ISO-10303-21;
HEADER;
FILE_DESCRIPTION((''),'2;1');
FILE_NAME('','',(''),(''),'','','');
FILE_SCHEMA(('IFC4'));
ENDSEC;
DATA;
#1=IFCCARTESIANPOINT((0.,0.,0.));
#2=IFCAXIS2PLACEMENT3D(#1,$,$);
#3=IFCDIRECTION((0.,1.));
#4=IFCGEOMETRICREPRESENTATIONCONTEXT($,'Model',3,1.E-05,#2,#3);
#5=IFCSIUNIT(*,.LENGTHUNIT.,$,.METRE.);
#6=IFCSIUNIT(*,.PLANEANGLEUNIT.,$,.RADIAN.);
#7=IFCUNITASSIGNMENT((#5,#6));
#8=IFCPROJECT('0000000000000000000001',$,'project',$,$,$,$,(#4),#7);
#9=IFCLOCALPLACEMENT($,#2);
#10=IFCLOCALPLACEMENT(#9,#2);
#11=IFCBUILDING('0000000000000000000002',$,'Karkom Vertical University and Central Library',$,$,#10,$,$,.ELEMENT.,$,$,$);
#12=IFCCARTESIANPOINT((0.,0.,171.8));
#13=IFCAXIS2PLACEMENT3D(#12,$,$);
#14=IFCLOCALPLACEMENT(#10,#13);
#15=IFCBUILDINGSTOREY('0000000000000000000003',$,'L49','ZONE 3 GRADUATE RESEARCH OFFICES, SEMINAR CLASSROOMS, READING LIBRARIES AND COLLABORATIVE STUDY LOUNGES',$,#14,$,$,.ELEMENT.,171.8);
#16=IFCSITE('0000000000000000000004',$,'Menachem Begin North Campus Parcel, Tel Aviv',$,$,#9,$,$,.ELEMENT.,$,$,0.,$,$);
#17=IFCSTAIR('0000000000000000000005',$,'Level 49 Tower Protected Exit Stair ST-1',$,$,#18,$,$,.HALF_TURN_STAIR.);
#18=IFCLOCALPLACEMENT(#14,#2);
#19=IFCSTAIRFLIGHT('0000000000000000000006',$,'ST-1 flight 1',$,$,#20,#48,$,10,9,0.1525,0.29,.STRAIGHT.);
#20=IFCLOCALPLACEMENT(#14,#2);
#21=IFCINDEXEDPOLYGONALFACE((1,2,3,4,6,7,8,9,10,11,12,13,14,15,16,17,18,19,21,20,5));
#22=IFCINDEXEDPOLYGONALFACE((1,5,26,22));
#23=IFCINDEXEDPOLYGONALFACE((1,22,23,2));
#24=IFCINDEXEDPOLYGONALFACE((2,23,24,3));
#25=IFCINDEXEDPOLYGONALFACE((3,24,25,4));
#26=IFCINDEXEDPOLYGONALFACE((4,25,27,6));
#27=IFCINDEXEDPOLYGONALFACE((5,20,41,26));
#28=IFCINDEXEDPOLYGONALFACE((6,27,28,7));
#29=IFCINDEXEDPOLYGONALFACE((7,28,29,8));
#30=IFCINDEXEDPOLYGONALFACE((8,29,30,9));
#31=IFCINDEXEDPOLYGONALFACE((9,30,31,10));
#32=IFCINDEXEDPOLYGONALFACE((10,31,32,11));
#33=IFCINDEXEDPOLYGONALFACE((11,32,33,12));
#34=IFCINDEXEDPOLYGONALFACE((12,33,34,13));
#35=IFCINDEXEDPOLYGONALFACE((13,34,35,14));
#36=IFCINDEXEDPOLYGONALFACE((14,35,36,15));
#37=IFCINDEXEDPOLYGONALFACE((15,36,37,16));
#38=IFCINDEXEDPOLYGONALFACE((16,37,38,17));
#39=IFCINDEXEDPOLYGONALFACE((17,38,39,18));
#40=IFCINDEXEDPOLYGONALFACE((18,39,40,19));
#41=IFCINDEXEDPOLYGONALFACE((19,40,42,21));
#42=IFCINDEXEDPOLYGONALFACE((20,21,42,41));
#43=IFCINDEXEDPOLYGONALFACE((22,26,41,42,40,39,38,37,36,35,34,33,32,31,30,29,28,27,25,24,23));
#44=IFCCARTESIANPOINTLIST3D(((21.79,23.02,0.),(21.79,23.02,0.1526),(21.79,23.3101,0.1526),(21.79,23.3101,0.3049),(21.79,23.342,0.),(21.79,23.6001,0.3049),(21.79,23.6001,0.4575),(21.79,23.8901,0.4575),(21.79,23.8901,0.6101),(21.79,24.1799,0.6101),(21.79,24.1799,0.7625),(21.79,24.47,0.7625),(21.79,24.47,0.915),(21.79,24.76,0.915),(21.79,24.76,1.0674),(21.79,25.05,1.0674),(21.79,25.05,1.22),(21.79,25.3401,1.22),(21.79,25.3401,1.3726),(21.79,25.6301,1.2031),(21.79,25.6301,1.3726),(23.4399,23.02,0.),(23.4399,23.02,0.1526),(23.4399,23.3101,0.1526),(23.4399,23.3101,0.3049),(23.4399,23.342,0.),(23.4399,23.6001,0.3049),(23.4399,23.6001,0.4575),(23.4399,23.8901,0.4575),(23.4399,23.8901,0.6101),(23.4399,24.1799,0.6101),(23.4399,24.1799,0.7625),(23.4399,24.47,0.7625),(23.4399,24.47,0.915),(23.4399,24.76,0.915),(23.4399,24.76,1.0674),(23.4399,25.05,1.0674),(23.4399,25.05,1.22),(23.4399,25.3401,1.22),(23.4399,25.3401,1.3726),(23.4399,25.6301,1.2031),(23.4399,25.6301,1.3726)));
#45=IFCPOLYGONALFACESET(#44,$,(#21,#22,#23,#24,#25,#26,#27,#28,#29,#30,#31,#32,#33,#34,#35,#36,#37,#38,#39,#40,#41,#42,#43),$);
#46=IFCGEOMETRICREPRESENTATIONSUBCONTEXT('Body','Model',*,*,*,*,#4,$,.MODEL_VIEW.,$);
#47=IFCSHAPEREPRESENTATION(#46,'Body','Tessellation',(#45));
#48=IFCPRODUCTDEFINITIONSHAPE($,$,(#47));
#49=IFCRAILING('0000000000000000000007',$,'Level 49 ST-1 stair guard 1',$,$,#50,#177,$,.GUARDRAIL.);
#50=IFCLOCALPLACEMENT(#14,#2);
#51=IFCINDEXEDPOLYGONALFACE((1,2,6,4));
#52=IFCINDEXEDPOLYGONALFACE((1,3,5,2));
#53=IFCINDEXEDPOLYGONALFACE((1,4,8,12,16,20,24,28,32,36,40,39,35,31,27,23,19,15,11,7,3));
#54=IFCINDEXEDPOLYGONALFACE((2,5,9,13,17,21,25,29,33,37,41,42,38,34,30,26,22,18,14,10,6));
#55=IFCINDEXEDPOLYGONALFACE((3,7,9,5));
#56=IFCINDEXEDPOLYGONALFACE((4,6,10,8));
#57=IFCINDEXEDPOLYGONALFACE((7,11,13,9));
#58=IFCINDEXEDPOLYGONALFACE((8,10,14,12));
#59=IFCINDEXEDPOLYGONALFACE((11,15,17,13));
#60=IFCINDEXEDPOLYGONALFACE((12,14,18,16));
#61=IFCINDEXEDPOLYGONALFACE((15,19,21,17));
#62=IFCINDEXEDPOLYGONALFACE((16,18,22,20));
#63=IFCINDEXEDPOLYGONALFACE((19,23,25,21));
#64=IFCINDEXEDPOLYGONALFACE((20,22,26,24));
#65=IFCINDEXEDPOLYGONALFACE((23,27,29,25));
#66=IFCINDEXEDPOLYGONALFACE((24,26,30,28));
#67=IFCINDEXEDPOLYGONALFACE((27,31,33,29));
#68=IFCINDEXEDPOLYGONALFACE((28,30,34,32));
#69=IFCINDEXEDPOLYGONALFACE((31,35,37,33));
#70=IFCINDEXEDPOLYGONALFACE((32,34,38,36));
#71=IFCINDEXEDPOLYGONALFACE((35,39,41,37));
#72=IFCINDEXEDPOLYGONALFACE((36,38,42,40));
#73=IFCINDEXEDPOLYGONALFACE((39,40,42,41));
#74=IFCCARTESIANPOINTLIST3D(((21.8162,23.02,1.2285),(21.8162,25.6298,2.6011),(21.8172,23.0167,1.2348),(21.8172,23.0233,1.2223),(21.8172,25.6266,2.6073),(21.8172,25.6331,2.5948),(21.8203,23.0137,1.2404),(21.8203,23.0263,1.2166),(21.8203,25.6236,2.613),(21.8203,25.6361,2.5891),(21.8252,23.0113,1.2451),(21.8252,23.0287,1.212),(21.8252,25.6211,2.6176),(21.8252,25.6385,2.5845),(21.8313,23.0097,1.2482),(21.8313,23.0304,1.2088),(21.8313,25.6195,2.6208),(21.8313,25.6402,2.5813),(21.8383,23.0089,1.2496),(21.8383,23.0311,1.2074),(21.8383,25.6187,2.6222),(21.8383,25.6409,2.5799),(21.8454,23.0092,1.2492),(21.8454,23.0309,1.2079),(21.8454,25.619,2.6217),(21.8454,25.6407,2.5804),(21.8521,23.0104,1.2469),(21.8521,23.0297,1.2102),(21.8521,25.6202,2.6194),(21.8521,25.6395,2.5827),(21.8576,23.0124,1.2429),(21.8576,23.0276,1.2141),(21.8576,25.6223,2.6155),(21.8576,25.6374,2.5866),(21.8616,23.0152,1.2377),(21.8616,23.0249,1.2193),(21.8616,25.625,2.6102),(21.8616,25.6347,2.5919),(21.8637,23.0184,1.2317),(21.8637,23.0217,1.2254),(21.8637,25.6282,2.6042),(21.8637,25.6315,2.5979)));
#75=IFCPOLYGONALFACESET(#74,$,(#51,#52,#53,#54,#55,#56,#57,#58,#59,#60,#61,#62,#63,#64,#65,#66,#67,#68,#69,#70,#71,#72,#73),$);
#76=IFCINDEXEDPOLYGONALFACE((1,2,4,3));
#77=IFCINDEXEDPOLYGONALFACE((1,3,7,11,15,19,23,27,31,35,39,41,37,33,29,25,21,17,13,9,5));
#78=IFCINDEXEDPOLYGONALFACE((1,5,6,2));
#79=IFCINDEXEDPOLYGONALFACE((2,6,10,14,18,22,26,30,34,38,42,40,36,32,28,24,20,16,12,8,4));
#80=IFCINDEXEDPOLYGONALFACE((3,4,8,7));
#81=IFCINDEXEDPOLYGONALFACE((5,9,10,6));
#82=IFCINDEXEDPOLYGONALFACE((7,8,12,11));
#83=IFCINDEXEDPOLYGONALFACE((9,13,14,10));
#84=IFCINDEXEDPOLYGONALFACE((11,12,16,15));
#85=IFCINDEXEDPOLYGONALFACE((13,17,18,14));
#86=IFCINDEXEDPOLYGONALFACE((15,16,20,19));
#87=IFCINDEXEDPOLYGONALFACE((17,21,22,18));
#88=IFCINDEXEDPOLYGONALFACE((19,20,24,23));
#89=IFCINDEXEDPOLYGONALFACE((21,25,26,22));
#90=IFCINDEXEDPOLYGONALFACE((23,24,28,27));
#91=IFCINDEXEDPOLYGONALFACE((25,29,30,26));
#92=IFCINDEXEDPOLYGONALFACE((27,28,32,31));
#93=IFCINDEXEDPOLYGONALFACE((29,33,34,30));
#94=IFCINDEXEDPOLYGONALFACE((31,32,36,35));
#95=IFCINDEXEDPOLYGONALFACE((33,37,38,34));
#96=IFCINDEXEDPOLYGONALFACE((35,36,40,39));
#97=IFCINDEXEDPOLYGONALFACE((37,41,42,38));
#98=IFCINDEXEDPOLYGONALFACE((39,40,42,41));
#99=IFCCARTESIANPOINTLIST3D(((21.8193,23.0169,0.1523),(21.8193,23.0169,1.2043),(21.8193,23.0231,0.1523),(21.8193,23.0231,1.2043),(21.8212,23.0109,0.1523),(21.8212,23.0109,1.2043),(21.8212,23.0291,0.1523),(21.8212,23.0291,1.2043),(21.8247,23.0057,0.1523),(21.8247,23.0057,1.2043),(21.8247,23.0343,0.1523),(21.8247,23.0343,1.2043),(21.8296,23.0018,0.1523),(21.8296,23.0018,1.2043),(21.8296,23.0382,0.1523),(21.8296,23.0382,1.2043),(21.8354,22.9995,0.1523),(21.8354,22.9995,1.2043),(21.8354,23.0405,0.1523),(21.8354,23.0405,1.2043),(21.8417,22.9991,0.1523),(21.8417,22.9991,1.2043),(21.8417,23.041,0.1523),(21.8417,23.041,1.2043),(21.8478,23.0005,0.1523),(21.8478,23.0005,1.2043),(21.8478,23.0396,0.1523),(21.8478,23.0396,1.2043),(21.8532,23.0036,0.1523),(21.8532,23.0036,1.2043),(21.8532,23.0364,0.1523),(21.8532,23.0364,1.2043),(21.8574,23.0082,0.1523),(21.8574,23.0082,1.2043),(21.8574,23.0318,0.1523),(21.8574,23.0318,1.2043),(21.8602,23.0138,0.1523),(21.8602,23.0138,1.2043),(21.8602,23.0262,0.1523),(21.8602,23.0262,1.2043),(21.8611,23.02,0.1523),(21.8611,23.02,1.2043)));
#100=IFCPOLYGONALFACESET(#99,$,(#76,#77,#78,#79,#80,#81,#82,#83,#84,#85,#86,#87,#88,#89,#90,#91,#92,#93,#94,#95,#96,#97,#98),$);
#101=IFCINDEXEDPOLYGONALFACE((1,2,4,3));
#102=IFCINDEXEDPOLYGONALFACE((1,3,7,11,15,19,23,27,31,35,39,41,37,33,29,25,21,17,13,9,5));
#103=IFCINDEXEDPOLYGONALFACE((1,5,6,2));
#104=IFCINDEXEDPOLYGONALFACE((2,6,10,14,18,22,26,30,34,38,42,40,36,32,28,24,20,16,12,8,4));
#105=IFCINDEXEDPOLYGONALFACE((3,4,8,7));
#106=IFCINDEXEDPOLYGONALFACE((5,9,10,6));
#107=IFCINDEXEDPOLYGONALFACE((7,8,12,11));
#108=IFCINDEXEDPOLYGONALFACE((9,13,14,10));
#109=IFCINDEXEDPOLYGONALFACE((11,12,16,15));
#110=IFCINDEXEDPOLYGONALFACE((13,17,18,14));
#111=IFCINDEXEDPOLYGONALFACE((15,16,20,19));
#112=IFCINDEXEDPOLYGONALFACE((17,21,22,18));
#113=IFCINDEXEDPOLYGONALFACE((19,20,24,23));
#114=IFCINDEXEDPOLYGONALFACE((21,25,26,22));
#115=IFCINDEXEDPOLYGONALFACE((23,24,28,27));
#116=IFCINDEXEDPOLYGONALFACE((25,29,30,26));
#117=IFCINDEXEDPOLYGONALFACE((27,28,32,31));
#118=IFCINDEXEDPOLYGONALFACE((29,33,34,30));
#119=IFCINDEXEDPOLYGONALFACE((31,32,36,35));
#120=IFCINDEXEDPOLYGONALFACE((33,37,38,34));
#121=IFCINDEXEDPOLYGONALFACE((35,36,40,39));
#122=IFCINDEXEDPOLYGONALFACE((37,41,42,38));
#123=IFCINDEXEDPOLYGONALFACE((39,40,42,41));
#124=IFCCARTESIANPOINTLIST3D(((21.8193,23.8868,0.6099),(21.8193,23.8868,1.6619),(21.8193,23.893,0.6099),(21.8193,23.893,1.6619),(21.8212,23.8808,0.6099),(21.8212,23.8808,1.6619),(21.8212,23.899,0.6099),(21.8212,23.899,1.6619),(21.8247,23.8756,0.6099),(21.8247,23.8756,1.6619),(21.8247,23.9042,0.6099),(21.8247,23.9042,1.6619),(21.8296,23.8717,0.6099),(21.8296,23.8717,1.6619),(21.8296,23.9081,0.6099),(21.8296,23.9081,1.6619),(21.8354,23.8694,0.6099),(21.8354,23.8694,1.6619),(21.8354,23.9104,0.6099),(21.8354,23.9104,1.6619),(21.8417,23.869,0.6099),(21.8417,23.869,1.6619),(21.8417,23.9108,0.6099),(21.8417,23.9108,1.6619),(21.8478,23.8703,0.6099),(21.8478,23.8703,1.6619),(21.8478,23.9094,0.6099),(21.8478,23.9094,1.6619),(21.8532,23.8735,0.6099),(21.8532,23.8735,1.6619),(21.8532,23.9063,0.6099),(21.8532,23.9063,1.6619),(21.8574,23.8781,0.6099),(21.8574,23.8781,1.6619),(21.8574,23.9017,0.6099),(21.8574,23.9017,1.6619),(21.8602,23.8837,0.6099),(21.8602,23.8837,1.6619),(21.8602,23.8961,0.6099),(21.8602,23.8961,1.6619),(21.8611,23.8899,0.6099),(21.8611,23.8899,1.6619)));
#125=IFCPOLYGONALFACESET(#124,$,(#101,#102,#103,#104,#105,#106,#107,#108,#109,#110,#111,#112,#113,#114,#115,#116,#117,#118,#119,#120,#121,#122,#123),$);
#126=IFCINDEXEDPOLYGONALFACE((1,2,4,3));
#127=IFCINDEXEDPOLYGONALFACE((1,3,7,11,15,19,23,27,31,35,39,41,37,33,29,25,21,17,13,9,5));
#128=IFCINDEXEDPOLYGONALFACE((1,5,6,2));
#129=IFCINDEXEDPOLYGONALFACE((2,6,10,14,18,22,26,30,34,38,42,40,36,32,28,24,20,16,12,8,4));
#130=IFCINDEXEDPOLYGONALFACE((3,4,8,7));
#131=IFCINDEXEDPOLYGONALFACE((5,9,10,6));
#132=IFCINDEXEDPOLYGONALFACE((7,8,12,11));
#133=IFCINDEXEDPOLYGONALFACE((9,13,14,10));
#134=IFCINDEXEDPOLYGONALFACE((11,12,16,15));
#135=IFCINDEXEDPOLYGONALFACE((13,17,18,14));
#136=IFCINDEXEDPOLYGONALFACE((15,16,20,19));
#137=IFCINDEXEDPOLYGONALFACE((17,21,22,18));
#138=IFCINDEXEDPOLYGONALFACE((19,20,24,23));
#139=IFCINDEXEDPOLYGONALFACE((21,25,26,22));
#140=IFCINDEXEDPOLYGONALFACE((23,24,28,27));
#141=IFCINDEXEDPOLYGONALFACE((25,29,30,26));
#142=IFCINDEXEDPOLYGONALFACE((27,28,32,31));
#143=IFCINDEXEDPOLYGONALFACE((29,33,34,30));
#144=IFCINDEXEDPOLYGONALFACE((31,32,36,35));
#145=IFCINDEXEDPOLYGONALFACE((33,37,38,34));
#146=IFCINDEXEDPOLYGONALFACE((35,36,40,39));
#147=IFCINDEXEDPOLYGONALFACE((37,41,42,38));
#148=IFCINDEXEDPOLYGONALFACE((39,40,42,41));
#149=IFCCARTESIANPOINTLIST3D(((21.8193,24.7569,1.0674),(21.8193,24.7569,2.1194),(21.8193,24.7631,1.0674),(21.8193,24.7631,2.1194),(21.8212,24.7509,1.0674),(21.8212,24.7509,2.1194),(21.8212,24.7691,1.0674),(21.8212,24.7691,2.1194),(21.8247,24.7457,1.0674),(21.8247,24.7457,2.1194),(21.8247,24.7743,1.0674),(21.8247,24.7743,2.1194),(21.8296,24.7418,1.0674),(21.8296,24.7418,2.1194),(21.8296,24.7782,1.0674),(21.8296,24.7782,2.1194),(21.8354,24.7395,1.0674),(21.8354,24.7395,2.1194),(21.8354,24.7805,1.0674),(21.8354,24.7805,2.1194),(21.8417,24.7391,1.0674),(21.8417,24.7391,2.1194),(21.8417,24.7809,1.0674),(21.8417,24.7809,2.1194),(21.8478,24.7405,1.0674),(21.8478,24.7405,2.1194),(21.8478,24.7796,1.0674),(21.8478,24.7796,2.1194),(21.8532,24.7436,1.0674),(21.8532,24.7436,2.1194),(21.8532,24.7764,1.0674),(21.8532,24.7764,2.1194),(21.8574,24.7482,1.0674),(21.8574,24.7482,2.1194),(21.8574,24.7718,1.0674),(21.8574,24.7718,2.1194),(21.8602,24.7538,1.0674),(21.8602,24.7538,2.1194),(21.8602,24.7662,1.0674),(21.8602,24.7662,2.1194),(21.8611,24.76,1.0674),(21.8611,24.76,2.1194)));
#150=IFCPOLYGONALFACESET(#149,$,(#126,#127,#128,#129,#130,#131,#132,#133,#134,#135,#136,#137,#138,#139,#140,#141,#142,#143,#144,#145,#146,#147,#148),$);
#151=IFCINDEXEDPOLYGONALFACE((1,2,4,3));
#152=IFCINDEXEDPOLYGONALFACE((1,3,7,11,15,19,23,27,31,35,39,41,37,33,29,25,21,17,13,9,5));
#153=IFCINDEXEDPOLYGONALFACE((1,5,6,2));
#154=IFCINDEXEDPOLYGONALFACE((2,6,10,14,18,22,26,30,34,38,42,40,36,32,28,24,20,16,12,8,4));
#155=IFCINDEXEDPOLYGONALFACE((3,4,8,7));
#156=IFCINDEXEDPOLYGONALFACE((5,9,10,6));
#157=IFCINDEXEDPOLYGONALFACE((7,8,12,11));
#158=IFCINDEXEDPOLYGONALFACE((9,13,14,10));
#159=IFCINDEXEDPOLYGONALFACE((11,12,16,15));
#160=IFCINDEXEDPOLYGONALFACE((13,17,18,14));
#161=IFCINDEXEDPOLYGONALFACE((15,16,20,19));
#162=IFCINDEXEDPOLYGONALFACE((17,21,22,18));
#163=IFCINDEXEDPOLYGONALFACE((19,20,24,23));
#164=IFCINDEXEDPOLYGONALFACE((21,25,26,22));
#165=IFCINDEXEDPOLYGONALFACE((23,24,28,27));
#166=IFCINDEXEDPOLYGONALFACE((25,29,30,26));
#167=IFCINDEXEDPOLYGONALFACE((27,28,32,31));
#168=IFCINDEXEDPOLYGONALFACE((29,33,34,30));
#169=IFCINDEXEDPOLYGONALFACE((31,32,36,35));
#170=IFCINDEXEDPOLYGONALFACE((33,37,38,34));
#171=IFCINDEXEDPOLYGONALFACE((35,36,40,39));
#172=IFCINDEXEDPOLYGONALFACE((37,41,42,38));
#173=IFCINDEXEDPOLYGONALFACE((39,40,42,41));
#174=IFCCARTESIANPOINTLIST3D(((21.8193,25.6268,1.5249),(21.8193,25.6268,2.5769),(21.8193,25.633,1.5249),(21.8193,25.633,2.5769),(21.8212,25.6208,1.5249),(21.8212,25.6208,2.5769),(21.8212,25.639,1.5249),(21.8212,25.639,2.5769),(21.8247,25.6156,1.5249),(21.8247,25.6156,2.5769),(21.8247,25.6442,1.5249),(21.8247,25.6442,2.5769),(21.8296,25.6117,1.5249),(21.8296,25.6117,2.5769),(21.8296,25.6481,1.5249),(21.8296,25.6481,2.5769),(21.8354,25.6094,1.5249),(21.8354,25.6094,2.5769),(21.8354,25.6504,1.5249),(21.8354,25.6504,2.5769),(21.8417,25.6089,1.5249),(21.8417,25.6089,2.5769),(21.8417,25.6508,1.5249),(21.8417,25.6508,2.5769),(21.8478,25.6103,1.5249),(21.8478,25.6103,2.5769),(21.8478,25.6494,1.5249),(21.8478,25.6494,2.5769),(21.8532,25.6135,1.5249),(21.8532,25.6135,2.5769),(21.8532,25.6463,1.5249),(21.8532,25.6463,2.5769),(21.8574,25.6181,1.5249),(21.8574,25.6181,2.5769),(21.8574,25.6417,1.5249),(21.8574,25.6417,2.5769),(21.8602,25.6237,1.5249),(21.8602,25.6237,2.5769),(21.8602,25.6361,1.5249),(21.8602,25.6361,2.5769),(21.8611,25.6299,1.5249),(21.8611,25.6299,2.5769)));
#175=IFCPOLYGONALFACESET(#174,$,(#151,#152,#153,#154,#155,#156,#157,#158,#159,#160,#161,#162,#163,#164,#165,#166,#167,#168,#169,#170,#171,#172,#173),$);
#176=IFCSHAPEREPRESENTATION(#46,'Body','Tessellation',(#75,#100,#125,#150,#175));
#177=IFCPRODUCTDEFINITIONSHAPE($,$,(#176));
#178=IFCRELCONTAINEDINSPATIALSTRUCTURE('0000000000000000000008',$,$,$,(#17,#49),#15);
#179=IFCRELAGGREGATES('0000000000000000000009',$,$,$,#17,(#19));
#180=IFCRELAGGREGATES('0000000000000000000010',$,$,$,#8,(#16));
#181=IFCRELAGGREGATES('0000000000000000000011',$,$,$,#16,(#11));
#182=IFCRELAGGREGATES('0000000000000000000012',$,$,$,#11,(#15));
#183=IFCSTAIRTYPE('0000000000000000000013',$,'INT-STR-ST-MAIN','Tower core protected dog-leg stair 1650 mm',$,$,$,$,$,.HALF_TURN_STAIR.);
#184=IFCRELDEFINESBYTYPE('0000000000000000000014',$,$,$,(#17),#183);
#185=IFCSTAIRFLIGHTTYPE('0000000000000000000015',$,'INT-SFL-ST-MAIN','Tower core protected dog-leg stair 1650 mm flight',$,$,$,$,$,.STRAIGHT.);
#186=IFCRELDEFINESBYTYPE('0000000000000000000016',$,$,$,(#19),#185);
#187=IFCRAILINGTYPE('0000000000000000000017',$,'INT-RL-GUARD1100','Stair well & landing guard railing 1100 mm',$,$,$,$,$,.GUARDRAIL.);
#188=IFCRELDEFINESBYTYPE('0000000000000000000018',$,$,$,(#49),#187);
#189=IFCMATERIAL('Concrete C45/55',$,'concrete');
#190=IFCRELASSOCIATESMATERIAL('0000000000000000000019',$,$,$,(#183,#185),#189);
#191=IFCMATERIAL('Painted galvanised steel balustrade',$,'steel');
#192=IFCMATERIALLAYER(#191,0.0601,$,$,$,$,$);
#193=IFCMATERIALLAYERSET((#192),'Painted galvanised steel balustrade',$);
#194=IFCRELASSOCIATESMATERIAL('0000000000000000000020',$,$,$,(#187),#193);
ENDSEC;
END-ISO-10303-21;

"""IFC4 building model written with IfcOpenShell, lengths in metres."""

from ifc_helpers import new_model, si_unit, direction, frame, origin, origin_2d, place, context, subcontext, project, spatial, polyline, circle, outline, extrude, material, layer, layer_set, type_object, element, aggregate, save


model = new_model("IFC4")

# Units and contexts
model_context = context("Model", 3, precision=1e-05, world=origin(), true_north=direction((0.0, 1.0)))
body_context = subcontext(model_context, "Body", "Model", "MODEL_VIEW")
ifc_project = project(units=[si_unit("LENGTHUNIT", "METRE"), si_unit("PLANEANGLEUNIT", "RADIAN")], contexts=[model_context])

# Site, building, storey
site_placement = place(None, origin())
site = spatial("IfcSite", under=ifc_project, at=site_placement, Name="Menachem Begin North Campus Parcel, Tel Aviv", CompositionType="ELEMENT", RefElevation=0.0)
building_placement = place(site_placement, origin())
building = spatial("IfcBuilding", under=site, at=building_placement, Name="Karkom Vertical University and Central Library", CompositionType="ELEMENT")
storey_placement = place(building_placement, frame((0.0, 0.0, 171.8)))
storey = spatial("IfcBuildingStorey", under=building, at=storey_placement, Name="L49", Description="ZONE 3 GRADUATE RESEARCH OFFICES, SEMINAR CLASSROOMS, READING LIBRARIES AND COLLABORATIVE STUDY LOUNGES", CompositionType="ELEMENT", Elevation=171.8)

# Shared definitions
ifc_material_1 = material(Name="Concrete C45/55", Category="concrete")

# Stair, stair flight
stair_type = type_object("IfcStairType", Name="INT-STR-ST-MAIN", Description="Tower core protected dog-leg stair 1650 mm", PredefinedType="HALF_TURN_STAIR", material=ifc_material_1)
stair_placement = place(storey_placement, origin())
stair = element("IfcStair", 1, at=stair_placement, inside=storey, type_object=stair_type, Name="Level 49 Tower Protected Exit Stair ST-1", PredefinedType="HALF_TURN_STAIR")
stair_flight_type = type_object("IfcStairFlightType", Name="INT-SFL-ST-MAIN", Description="Tower core protected dog-leg stair 1650 mm flight", PredefinedType="STRAIGHT", material=ifc_material_1)
stair_flight_placement = place(storey_placement, frame((22.615, 23.02, 0.0), z_axis=(0.0, 0.0, 1.0), x_axis=(0.0, 1.0, 0.0)))
stair_flight = element("IfcStairFlight", 2, at=stair_flight_placement, type_object=stair_flight_type, Name="ST-1 flight 1", NumberOfRisers=10, NumberOfTreads=9, PredefinedType="STRAIGHT", RiserHeight=0.1525, TreadLength=0.29, context=body_context, shape_type="SweptSolid", body=[
    extrude(outline(polyline([(0.0, 0.0), (0.0, 0.1526), (0.29, 0.1526), (0.29, 0.3049), (0.5801, 0.3049), (0.5801, 0.4575), (0.8701, 0.4575), (0.8701, 0.6101), (1.1599, 0.6101), (1.1599, 0.7625), (1.45, 0.7625), (1.45, 0.915), (1.74, 0.915), (1.74, 1.0674), (2.03, 1.0674), (2.03, 1.22), (2.3201, 1.22), (2.3201, 1.3726), (2.6101, 1.3726), (2.6101, 1.5249), (2.6101, 1.2031), (0.322, 0.0), (0.0, 0.0)])), frame((0.0, 0.825, 0.0), z_axis=(0.0, -1.0, 0.0), x_axis=(1.0, 0.0, 0.0)), (0.0, 0.0, 1.0), 1.6499),
])
aggregate(stair, [stair_flight])

# Railing
ifc_material_2 = material(Name="Painted galvanised steel balustrade", Category="steel")
ifc_layer_1 = layer(ifc_material_2, 0.0601)
ifc_layer_set_1 = layer_set([ifc_layer_1], Name="Painted galvanised steel balustrade")
railing_type_1 = type_object("IfcRailingType", Name="INT-RL-GUARD1100", Description="Stair well & landing guard railing 1100 mm", PredefinedType="GUARDRAIL", material=ifc_layer_set_1)
railing_1_placement = place(storey_placement, frame((21.8401, 23.02, 0.1523)))
element("IfcRailing", 3, at=railing_1_placement, inside=storey, type_object=railing_type_1, Name="Level 49 ST-1 stair guard 1", PredefinedType="GUARDRAIL", context=body_context, shape_type="SweptSolid", body=[
    extrude(circle(Radius=0.0239, at=origin_2d()), frame((0.0, 0.0, 1.0762), z_axis=(0.0, 0.885065, 0.465467), x_axis=(-1.0, 0.0, 0.0)), (0.0, 0.0, 1.0), 2.9487),
    extrude(circle(Radius=0.021, at=origin_2d()), origin(), (0.0, 0.0, 1.0), 1.052),
    extrude(circle(Radius=0.021, at=origin_2d()), frame((0.0, 0.8699, 0.4575)), (0.0, 0.0, 1.0), 1.052),
    extrude(circle(Radius=0.021, at=origin_2d()), frame((0.0, 1.74, 0.915)), (0.0, 0.0, 1.0), 1.052),
    extrude(circle(Radius=0.021, at=origin_2d()), frame((0.0, 2.6099, 1.3726)), (0.0, 0.0, 1.0), 1.052),
])

save(model, "model.ifc")
